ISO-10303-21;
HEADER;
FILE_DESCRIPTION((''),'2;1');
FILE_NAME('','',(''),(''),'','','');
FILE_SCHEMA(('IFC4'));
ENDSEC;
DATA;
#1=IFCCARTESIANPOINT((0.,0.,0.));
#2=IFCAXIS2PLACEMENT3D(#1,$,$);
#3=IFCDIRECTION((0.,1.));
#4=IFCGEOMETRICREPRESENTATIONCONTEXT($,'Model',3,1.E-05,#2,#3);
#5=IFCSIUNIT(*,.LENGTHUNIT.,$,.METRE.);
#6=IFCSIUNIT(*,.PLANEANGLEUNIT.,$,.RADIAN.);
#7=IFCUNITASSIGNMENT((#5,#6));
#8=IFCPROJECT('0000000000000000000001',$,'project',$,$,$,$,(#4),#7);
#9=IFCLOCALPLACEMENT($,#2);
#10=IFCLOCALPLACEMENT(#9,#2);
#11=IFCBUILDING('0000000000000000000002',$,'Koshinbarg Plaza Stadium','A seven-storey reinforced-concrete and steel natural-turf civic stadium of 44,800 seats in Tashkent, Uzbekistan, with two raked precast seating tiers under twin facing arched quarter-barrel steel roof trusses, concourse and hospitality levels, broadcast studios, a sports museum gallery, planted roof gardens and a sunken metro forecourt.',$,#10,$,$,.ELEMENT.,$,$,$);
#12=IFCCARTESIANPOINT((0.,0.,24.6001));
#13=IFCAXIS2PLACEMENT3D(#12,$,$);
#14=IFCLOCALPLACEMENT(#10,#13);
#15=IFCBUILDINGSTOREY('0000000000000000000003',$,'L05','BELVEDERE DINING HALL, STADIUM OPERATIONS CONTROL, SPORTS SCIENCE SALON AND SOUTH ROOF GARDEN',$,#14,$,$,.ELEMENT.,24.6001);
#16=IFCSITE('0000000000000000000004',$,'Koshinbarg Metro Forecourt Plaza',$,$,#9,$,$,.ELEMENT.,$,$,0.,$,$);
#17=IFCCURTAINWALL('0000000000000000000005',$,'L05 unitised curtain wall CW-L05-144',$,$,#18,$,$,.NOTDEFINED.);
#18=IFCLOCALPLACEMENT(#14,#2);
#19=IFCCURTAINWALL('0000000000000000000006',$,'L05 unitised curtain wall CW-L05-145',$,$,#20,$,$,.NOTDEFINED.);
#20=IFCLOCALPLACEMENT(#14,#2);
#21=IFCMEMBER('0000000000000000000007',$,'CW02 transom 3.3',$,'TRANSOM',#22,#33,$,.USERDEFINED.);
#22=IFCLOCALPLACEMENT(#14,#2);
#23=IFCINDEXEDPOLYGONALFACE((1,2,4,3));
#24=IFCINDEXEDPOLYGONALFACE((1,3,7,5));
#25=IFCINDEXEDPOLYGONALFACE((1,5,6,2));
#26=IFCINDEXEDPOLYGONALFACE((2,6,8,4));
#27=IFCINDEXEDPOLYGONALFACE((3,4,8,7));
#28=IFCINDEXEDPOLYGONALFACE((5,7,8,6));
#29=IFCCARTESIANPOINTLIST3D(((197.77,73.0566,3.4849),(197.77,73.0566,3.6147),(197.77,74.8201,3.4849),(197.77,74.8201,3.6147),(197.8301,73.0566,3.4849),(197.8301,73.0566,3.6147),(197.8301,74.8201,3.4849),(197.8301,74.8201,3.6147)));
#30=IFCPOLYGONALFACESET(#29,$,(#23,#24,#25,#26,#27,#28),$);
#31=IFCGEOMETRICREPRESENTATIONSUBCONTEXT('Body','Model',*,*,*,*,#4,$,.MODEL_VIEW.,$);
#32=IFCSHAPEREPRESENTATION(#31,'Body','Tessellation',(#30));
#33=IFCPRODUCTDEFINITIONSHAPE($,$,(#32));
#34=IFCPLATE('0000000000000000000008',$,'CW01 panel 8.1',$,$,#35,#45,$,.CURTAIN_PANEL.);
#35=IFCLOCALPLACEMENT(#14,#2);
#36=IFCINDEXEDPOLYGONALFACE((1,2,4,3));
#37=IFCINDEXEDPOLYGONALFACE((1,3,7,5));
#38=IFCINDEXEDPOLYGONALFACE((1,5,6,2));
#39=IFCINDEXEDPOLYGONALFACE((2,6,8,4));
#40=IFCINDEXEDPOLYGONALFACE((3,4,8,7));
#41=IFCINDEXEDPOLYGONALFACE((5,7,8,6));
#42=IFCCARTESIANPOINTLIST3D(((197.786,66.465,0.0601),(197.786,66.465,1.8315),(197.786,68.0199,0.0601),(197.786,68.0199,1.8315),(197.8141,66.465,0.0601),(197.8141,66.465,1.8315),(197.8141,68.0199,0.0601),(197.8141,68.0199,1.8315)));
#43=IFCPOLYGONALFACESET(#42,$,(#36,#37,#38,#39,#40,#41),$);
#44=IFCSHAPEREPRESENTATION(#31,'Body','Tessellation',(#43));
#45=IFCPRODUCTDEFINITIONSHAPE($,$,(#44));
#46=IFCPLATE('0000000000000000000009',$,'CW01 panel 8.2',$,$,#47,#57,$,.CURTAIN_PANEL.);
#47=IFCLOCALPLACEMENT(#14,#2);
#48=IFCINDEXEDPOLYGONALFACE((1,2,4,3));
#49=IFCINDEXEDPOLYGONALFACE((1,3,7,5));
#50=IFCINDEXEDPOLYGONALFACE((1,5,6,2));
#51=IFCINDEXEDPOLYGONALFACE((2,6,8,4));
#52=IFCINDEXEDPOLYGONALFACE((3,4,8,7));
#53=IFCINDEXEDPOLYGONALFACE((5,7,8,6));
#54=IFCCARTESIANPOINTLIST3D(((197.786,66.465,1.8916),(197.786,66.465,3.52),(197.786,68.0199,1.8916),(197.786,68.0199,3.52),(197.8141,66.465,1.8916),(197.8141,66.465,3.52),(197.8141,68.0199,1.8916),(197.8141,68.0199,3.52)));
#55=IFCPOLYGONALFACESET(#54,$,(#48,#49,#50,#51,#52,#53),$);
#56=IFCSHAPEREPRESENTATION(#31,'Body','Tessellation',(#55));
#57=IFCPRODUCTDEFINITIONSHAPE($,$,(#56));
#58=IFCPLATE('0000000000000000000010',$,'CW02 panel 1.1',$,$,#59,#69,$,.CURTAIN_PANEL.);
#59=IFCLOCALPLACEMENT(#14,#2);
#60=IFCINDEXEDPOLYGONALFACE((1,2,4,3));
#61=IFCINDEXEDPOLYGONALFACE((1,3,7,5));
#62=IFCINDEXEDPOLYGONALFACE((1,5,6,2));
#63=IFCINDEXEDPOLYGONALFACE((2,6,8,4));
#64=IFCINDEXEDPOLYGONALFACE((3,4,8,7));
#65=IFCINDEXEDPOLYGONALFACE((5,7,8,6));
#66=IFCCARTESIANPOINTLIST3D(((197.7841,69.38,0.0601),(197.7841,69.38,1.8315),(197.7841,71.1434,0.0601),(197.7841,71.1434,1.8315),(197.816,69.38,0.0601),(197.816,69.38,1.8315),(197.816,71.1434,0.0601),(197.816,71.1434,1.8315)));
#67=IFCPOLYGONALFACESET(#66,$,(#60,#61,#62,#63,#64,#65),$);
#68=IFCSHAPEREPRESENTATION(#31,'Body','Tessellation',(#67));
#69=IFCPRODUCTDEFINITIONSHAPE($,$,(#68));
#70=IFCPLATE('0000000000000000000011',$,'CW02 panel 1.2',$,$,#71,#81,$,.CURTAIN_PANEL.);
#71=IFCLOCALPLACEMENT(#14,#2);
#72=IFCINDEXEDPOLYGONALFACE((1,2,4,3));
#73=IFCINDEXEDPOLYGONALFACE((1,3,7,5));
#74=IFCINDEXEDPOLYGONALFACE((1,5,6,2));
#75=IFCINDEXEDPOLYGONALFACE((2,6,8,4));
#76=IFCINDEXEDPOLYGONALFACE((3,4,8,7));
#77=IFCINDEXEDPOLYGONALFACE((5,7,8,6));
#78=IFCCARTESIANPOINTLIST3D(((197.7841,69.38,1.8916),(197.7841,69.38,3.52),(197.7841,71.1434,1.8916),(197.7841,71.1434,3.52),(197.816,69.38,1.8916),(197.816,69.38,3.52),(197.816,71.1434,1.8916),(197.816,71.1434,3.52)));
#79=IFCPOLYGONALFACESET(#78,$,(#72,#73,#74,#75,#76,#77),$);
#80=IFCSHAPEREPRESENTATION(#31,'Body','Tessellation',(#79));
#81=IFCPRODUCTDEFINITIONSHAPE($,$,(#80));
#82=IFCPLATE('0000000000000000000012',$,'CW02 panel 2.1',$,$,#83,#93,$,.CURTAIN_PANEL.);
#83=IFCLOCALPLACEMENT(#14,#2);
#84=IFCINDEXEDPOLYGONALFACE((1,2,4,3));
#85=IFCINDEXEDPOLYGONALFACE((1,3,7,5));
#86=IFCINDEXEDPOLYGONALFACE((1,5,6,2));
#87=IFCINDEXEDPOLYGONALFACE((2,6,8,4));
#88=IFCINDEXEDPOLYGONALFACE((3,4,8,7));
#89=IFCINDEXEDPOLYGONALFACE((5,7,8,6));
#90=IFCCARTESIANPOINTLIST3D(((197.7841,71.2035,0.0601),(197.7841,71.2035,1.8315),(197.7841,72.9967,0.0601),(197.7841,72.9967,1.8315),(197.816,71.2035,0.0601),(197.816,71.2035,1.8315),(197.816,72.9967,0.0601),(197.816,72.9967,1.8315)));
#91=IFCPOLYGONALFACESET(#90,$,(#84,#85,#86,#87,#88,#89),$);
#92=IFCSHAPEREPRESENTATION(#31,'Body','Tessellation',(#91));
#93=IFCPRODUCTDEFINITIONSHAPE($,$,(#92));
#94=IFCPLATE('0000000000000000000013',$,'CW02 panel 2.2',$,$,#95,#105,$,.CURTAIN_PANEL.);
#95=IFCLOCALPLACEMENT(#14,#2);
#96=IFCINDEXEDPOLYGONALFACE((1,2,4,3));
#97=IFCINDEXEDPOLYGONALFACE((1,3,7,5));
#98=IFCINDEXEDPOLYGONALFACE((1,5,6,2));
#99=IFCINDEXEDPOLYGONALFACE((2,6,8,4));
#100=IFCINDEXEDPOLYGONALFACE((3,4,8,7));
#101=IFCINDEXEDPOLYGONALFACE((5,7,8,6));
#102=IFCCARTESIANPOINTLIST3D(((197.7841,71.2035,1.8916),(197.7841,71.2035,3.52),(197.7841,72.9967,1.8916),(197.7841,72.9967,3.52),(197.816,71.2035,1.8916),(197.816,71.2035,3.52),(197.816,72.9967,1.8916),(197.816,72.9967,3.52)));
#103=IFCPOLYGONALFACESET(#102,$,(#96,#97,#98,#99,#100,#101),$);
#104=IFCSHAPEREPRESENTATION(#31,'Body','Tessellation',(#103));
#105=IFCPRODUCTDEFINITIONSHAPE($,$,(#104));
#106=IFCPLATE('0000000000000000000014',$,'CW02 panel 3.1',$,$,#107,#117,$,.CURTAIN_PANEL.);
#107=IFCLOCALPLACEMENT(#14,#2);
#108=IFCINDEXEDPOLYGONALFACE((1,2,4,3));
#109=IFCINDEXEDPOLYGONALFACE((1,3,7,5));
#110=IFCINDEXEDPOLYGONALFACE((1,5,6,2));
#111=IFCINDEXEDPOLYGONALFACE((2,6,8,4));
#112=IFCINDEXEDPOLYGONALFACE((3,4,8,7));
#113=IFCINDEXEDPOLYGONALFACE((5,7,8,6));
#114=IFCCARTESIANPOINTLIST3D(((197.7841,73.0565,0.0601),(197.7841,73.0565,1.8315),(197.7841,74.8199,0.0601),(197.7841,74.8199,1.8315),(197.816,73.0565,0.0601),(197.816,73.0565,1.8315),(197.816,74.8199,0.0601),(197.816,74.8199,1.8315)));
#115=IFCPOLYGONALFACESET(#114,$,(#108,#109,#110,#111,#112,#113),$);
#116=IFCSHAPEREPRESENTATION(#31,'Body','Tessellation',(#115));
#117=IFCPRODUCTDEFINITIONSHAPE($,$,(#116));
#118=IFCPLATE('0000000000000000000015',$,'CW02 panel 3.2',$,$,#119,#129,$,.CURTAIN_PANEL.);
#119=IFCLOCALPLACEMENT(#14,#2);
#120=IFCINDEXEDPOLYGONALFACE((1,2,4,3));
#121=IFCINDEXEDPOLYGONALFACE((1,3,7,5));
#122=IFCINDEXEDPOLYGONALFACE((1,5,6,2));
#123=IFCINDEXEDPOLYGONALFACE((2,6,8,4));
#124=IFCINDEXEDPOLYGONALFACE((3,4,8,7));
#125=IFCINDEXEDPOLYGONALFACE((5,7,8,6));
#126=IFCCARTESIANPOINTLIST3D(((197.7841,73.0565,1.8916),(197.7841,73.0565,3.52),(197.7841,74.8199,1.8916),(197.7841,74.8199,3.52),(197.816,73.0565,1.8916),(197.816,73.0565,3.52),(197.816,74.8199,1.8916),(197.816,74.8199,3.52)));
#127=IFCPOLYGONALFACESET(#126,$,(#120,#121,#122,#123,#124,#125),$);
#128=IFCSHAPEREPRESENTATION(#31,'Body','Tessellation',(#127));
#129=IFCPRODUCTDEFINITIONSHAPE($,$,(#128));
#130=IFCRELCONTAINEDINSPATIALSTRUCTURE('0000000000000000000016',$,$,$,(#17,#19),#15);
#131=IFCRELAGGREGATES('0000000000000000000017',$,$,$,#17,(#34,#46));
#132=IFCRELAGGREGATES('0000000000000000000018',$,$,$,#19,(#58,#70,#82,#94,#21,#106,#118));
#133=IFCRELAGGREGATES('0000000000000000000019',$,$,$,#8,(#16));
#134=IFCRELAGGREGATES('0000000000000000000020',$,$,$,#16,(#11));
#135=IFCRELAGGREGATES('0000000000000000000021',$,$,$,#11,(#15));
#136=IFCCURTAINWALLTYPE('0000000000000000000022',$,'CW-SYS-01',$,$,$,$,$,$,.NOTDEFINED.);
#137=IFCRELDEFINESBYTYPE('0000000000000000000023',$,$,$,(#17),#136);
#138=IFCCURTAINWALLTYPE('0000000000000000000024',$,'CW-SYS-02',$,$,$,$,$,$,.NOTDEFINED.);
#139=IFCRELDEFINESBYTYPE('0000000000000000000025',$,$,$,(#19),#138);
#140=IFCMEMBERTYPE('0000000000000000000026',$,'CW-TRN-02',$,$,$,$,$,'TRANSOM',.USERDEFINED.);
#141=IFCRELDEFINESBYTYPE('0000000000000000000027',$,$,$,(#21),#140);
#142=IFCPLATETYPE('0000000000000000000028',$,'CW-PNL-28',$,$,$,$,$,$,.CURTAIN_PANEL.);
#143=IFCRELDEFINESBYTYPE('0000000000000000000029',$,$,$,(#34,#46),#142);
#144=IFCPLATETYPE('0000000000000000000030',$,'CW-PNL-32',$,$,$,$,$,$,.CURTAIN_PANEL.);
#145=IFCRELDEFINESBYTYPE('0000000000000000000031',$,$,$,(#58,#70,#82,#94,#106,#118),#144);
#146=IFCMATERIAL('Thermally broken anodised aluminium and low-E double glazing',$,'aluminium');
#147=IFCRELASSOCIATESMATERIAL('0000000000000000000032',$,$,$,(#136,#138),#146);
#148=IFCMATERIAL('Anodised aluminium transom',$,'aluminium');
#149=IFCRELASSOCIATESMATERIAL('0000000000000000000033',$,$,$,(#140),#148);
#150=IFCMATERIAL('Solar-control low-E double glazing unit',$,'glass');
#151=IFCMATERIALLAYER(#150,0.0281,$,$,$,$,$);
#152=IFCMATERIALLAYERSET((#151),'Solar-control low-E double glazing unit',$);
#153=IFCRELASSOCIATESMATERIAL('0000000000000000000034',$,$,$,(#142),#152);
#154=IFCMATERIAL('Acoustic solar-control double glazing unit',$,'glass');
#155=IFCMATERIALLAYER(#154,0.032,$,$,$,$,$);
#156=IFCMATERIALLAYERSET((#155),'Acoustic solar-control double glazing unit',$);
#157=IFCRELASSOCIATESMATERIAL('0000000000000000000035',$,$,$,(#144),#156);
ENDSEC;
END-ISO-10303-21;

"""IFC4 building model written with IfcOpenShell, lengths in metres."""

from ifc_helpers import new_model, si_unit, direction, frame, origin, origin_2d, place, context, subcontext, project, spatial, rectangle, extrude, material, layer, layer_set, material_profile, profile_set, type_object, element, aggregate, save


model = new_model("IFC4")

# Units and contexts
model_context = context("Model", 3, precision=1e-05, world=origin(), true_north=direction((0.0, 1.0)))
body_context = subcontext(model_context, "Body", "Model", "MODEL_VIEW")
ifc_project = project(units=[si_unit("LENGTHUNIT", "METRE"), si_unit("PLANEANGLEUNIT", "RADIAN")], contexts=[model_context])

# Site, building, storey
site_placement = place(None, origin())
site = spatial("IfcSite", under=ifc_project, at=site_placement, Name="Koshinbarg Metro Forecourt Plaza", CompositionType="ELEMENT", RefElevation=0.0)
building_placement = place(site_placement, origin())
building = spatial("IfcBuilding", under=site, at=building_placement, Name="Koshinbarg Plaza Stadium", Description="A seven-storey reinforced-concrete and steel natural-turf civic stadium of 44,800 seats in Tashkent, Uzbekistan, with two raked precast seating tiers under twin facing arched quarter-barrel steel roof trusses, concourse and hospitality levels, broadcast studios, a sports museum gallery, planted roof gardens and a sunken metro forecourt.", CompositionType="ELEMENT")
storey_placement = place(building_placement, frame((0.0, 0.0, 24.6001)))
storey = spatial("IfcBuildingStorey", under=building, at=storey_placement, Name="L05", Description="BELVEDERE DINING HALL, STADIUM OPERATIONS CONTROL, SPORTS SCIENCE SALON AND SOUTH ROOF GARDEN", CompositionType="ELEMENT", Elevation=24.6001)

# Curtain wall
ifc_material_1 = material(Name="Thermally broken anodised aluminium and low-E double glazing", Category="aluminium")
curtain_wall_type_1 = type_object("IfcCurtainWallType", Name="CW-SYS-01", PredefinedType="NOTDEFINED", material=ifc_material_1)
curtain_wall_1_placement = place(storey_placement, origin())
curtain_wall_1 = element("IfcCurtainWall", 1, at=curtain_wall_1_placement, inside=storey, type_object=curtain_wall_type_1, Name="L05 unitised curtain wall CW-L05-144", PredefinedType="NOTDEFINED")

# Curtain wall
curtain_wall_type_2 = type_object("IfcCurtainWallType", Name="CW-SYS-02", PredefinedType="NOTDEFINED", material=ifc_material_1)
curtain_wall_2_placement = place(storey_placement, origin())
curtain_wall_2 = element("IfcCurtainWall", 2, at=curtain_wall_2_placement, inside=storey, type_object=curtain_wall_type_2, Name="L05 unitised curtain wall CW-L05-145", PredefinedType="NOTDEFINED")

# Member
ifc_material_2 = material(Name="Anodised aluminium transom", Category="aluminium")
ifc_material_profile_1 = material_profile(ifc_material_2, rectangle(XDim=0.0601, YDim=0.1299, at=origin_2d()), Name="ALU 60x130")
ifc_profile_set_1 = profile_set([ifc_material_profile_1], Name="Anodised aluminium transom")
member_type_1 = type_object("IfcMemberType", Name="CW-TRN-02", ElementType="TRANSOM", PredefinedType="USERDEFINED", material=ifc_profile_set_1)
member_1_placement = place(storey_placement, frame((197.8, 73.0566, 3.5498), z_axis=(0.0, 1.0, 0.0), x_axis=(-1.0, 0.0, 0.0)))
member_1 = element("IfcMember", 3, at=member_1_placement, type_object=member_type_1, Name="CW02 transom 3.3", ObjectType="TRANSOM", PredefinedType="USERDEFINED", context=body_context, shape_type="SweptSolid", body=[
    extrude(rectangle(XDim=0.0601, YDim=0.1299, at=origin_2d()), origin(), (0.0, 0.0, 1.0), 1.7634),
])

# Plates
ifc_material_3 = material(Name="Solar-control low-E double glazing unit", Category="glass")
ifc_layer_1 = layer(ifc_material_3, 0.0281)
ifc_layer_set_1 = layer_set([ifc_layer_1], Name="Solar-control low-E double glazing unit")
plate_type_1 = type_object("IfcPlateType", Name="CW-PNL-28", PredefinedType="CURTAIN_PANEL", material=ifc_layer_set_1)
plate_1_placement = place(storey_placement, frame((197.8, 67.2424, 0.0601), z_axis=(0.0, 0.0, 1.0), x_axis=(0.0, 1.0, 0.0)))
plate_1 = element("IfcPlate", 4, at=plate_1_placement, type_object=plate_type_1, Name="CW01 panel 8.1", PredefinedType="CURTAIN_PANEL", context=body_context, shape_type="SweptSolid", body=[
    extrude(rectangle(XDim=1.5549, YDim=0.0281, at=origin_2d()), origin(), (0.0, 0.0, 1.0), 1.7715),
])
plate_2_placement = place(storey_placement, frame((197.8, 67.2424, 1.8916), z_axis=(0.0, 0.0, 1.0), x_axis=(0.0, 1.0, 0.0)))
plate_2 = element("IfcPlate", 5, at=plate_2_placement, type_object=plate_type_1, Name="CW01 panel 8.2", PredefinedType="CURTAIN_PANEL", context=body_context, shape_type="SweptSolid", body=[
    extrude(rectangle(XDim=1.5549, YDim=0.0281, at=origin_2d()), origin(), (0.0, 0.0, 1.0), 1.6284),
])
aggregate(curtain_wall_1, [plate_1, plate_2])
ifc_material_4 = material(Name="Acoustic solar-control double glazing unit", Category="glass")
ifc_layer_2 = layer(ifc_material_4, 0.032)
ifc_layer_set_2 = layer_set([ifc_layer_2], Name="Acoustic solar-control double glazing unit")
plate_type_2 = type_object("IfcPlateType", Name="CW-PNL-32", PredefinedType="CURTAIN_PANEL", material=ifc_layer_set_2)
plate_3_placement = place(storey_placement, frame((197.8, 70.2617, 0.0601), z_axis=(0.0, 0.0, 1.0), x_axis=(0.0, 1.0, 0.0)))
plate_3 = element("IfcPlate", 6, at=plate_3_placement, type_object=plate_type_2, Name="CW02 panel 1.1", PredefinedType="CURTAIN_PANEL", context=body_context, shape_type="SweptSolid", body=[
    extrude(rectangle(XDim=1.7634, YDim=0.032, at=origin_2d()), origin(), (0.0, 0.0, 1.0), 1.7715),
])
plate_4_placement = place(storey_placement, frame((197.8, 70.2617, 1.8916), z_axis=(0.0, 0.0, 1.0), x_axis=(0.0, 1.0, 0.0)))
plate_4 = element("IfcPlate", 7, at=plate_4_placement, type_object=plate_type_2, Name="CW02 panel 1.2", PredefinedType="CURTAIN_PANEL", context=body_context, shape_type="SweptSolid", body=[
    extrude(rectangle(XDim=1.7634, YDim=0.032, at=origin_2d()), origin(), (0.0, 0.0, 1.0), 1.6284),
])
plate_5_placement = place(storey_placement, frame((197.8, 72.1001, 0.0601), z_axis=(0.0, 0.0, 1.0), x_axis=(0.0, 1.0, 0.0)))
plate_5 = element("IfcPlate", 8, at=plate_5_placement, type_object=plate_type_2, Name="CW02 panel 2.1", PredefinedType="CURTAIN_PANEL", context=body_context, shape_type="SweptSolid", body=[
    extrude(rectangle(XDim=1.7932, YDim=0.032, at=origin_2d()), origin(), (0.0, 0.0, 1.0), 1.7715),
])
plate_6_placement = place(storey_placement, frame((197.8, 72.1001, 1.8916), z_axis=(0.0, 0.0, 1.0), x_axis=(0.0, 1.0, 0.0)))
plate_6 = element("IfcPlate", 9, at=plate_6_placement, type_object=plate_type_2, Name="CW02 panel 2.2", PredefinedType="CURTAIN_PANEL", context=body_context, shape_type="SweptSolid", body=[
    extrude(rectangle(XDim=1.7932, YDim=0.032, at=origin_2d()), origin(), (0.0, 0.0, 1.0), 1.6284),
])
plate_7_placement = place(storey_placement, frame((197.8, 73.9382, 0.0601), z_axis=(0.0, 0.0, 1.0), x_axis=(0.0, 1.0, 0.0)))
plate_7 = element("IfcPlate", 10, at=plate_7_placement, type_object=plate_type_2, Name="CW02 panel 3.1", PredefinedType="CURTAIN_PANEL", context=body_context, shape_type="SweptSolid", body=[
    extrude(rectangle(XDim=1.7634, YDim=0.032, at=origin_2d()), origin(), (0.0, 0.0, 1.0), 1.7715),
])
plate_8_placement = place(storey_placement, frame((197.8, 73.9382, 1.8916), z_axis=(0.0, 0.0, 1.0), x_axis=(0.0, 1.0, 0.0)))
plate_8 = element("IfcPlate", 11, at=plate_8_placement, type_object=plate_type_2, Name="CW02 panel 3.2", PredefinedType="CURTAIN_PANEL", context=body_context, shape_type="SweptSolid", body=[
    extrude(rectangle(XDim=1.7634, YDim=0.032, at=origin_2d()), origin(), (0.0, 0.0, 1.0), 1.6284),
])
aggregate(curtain_wall_2, [plate_3, plate_4, plate_5, plate_6, member_1, plate_7, plate_8])

save(model, "model.ifc")
